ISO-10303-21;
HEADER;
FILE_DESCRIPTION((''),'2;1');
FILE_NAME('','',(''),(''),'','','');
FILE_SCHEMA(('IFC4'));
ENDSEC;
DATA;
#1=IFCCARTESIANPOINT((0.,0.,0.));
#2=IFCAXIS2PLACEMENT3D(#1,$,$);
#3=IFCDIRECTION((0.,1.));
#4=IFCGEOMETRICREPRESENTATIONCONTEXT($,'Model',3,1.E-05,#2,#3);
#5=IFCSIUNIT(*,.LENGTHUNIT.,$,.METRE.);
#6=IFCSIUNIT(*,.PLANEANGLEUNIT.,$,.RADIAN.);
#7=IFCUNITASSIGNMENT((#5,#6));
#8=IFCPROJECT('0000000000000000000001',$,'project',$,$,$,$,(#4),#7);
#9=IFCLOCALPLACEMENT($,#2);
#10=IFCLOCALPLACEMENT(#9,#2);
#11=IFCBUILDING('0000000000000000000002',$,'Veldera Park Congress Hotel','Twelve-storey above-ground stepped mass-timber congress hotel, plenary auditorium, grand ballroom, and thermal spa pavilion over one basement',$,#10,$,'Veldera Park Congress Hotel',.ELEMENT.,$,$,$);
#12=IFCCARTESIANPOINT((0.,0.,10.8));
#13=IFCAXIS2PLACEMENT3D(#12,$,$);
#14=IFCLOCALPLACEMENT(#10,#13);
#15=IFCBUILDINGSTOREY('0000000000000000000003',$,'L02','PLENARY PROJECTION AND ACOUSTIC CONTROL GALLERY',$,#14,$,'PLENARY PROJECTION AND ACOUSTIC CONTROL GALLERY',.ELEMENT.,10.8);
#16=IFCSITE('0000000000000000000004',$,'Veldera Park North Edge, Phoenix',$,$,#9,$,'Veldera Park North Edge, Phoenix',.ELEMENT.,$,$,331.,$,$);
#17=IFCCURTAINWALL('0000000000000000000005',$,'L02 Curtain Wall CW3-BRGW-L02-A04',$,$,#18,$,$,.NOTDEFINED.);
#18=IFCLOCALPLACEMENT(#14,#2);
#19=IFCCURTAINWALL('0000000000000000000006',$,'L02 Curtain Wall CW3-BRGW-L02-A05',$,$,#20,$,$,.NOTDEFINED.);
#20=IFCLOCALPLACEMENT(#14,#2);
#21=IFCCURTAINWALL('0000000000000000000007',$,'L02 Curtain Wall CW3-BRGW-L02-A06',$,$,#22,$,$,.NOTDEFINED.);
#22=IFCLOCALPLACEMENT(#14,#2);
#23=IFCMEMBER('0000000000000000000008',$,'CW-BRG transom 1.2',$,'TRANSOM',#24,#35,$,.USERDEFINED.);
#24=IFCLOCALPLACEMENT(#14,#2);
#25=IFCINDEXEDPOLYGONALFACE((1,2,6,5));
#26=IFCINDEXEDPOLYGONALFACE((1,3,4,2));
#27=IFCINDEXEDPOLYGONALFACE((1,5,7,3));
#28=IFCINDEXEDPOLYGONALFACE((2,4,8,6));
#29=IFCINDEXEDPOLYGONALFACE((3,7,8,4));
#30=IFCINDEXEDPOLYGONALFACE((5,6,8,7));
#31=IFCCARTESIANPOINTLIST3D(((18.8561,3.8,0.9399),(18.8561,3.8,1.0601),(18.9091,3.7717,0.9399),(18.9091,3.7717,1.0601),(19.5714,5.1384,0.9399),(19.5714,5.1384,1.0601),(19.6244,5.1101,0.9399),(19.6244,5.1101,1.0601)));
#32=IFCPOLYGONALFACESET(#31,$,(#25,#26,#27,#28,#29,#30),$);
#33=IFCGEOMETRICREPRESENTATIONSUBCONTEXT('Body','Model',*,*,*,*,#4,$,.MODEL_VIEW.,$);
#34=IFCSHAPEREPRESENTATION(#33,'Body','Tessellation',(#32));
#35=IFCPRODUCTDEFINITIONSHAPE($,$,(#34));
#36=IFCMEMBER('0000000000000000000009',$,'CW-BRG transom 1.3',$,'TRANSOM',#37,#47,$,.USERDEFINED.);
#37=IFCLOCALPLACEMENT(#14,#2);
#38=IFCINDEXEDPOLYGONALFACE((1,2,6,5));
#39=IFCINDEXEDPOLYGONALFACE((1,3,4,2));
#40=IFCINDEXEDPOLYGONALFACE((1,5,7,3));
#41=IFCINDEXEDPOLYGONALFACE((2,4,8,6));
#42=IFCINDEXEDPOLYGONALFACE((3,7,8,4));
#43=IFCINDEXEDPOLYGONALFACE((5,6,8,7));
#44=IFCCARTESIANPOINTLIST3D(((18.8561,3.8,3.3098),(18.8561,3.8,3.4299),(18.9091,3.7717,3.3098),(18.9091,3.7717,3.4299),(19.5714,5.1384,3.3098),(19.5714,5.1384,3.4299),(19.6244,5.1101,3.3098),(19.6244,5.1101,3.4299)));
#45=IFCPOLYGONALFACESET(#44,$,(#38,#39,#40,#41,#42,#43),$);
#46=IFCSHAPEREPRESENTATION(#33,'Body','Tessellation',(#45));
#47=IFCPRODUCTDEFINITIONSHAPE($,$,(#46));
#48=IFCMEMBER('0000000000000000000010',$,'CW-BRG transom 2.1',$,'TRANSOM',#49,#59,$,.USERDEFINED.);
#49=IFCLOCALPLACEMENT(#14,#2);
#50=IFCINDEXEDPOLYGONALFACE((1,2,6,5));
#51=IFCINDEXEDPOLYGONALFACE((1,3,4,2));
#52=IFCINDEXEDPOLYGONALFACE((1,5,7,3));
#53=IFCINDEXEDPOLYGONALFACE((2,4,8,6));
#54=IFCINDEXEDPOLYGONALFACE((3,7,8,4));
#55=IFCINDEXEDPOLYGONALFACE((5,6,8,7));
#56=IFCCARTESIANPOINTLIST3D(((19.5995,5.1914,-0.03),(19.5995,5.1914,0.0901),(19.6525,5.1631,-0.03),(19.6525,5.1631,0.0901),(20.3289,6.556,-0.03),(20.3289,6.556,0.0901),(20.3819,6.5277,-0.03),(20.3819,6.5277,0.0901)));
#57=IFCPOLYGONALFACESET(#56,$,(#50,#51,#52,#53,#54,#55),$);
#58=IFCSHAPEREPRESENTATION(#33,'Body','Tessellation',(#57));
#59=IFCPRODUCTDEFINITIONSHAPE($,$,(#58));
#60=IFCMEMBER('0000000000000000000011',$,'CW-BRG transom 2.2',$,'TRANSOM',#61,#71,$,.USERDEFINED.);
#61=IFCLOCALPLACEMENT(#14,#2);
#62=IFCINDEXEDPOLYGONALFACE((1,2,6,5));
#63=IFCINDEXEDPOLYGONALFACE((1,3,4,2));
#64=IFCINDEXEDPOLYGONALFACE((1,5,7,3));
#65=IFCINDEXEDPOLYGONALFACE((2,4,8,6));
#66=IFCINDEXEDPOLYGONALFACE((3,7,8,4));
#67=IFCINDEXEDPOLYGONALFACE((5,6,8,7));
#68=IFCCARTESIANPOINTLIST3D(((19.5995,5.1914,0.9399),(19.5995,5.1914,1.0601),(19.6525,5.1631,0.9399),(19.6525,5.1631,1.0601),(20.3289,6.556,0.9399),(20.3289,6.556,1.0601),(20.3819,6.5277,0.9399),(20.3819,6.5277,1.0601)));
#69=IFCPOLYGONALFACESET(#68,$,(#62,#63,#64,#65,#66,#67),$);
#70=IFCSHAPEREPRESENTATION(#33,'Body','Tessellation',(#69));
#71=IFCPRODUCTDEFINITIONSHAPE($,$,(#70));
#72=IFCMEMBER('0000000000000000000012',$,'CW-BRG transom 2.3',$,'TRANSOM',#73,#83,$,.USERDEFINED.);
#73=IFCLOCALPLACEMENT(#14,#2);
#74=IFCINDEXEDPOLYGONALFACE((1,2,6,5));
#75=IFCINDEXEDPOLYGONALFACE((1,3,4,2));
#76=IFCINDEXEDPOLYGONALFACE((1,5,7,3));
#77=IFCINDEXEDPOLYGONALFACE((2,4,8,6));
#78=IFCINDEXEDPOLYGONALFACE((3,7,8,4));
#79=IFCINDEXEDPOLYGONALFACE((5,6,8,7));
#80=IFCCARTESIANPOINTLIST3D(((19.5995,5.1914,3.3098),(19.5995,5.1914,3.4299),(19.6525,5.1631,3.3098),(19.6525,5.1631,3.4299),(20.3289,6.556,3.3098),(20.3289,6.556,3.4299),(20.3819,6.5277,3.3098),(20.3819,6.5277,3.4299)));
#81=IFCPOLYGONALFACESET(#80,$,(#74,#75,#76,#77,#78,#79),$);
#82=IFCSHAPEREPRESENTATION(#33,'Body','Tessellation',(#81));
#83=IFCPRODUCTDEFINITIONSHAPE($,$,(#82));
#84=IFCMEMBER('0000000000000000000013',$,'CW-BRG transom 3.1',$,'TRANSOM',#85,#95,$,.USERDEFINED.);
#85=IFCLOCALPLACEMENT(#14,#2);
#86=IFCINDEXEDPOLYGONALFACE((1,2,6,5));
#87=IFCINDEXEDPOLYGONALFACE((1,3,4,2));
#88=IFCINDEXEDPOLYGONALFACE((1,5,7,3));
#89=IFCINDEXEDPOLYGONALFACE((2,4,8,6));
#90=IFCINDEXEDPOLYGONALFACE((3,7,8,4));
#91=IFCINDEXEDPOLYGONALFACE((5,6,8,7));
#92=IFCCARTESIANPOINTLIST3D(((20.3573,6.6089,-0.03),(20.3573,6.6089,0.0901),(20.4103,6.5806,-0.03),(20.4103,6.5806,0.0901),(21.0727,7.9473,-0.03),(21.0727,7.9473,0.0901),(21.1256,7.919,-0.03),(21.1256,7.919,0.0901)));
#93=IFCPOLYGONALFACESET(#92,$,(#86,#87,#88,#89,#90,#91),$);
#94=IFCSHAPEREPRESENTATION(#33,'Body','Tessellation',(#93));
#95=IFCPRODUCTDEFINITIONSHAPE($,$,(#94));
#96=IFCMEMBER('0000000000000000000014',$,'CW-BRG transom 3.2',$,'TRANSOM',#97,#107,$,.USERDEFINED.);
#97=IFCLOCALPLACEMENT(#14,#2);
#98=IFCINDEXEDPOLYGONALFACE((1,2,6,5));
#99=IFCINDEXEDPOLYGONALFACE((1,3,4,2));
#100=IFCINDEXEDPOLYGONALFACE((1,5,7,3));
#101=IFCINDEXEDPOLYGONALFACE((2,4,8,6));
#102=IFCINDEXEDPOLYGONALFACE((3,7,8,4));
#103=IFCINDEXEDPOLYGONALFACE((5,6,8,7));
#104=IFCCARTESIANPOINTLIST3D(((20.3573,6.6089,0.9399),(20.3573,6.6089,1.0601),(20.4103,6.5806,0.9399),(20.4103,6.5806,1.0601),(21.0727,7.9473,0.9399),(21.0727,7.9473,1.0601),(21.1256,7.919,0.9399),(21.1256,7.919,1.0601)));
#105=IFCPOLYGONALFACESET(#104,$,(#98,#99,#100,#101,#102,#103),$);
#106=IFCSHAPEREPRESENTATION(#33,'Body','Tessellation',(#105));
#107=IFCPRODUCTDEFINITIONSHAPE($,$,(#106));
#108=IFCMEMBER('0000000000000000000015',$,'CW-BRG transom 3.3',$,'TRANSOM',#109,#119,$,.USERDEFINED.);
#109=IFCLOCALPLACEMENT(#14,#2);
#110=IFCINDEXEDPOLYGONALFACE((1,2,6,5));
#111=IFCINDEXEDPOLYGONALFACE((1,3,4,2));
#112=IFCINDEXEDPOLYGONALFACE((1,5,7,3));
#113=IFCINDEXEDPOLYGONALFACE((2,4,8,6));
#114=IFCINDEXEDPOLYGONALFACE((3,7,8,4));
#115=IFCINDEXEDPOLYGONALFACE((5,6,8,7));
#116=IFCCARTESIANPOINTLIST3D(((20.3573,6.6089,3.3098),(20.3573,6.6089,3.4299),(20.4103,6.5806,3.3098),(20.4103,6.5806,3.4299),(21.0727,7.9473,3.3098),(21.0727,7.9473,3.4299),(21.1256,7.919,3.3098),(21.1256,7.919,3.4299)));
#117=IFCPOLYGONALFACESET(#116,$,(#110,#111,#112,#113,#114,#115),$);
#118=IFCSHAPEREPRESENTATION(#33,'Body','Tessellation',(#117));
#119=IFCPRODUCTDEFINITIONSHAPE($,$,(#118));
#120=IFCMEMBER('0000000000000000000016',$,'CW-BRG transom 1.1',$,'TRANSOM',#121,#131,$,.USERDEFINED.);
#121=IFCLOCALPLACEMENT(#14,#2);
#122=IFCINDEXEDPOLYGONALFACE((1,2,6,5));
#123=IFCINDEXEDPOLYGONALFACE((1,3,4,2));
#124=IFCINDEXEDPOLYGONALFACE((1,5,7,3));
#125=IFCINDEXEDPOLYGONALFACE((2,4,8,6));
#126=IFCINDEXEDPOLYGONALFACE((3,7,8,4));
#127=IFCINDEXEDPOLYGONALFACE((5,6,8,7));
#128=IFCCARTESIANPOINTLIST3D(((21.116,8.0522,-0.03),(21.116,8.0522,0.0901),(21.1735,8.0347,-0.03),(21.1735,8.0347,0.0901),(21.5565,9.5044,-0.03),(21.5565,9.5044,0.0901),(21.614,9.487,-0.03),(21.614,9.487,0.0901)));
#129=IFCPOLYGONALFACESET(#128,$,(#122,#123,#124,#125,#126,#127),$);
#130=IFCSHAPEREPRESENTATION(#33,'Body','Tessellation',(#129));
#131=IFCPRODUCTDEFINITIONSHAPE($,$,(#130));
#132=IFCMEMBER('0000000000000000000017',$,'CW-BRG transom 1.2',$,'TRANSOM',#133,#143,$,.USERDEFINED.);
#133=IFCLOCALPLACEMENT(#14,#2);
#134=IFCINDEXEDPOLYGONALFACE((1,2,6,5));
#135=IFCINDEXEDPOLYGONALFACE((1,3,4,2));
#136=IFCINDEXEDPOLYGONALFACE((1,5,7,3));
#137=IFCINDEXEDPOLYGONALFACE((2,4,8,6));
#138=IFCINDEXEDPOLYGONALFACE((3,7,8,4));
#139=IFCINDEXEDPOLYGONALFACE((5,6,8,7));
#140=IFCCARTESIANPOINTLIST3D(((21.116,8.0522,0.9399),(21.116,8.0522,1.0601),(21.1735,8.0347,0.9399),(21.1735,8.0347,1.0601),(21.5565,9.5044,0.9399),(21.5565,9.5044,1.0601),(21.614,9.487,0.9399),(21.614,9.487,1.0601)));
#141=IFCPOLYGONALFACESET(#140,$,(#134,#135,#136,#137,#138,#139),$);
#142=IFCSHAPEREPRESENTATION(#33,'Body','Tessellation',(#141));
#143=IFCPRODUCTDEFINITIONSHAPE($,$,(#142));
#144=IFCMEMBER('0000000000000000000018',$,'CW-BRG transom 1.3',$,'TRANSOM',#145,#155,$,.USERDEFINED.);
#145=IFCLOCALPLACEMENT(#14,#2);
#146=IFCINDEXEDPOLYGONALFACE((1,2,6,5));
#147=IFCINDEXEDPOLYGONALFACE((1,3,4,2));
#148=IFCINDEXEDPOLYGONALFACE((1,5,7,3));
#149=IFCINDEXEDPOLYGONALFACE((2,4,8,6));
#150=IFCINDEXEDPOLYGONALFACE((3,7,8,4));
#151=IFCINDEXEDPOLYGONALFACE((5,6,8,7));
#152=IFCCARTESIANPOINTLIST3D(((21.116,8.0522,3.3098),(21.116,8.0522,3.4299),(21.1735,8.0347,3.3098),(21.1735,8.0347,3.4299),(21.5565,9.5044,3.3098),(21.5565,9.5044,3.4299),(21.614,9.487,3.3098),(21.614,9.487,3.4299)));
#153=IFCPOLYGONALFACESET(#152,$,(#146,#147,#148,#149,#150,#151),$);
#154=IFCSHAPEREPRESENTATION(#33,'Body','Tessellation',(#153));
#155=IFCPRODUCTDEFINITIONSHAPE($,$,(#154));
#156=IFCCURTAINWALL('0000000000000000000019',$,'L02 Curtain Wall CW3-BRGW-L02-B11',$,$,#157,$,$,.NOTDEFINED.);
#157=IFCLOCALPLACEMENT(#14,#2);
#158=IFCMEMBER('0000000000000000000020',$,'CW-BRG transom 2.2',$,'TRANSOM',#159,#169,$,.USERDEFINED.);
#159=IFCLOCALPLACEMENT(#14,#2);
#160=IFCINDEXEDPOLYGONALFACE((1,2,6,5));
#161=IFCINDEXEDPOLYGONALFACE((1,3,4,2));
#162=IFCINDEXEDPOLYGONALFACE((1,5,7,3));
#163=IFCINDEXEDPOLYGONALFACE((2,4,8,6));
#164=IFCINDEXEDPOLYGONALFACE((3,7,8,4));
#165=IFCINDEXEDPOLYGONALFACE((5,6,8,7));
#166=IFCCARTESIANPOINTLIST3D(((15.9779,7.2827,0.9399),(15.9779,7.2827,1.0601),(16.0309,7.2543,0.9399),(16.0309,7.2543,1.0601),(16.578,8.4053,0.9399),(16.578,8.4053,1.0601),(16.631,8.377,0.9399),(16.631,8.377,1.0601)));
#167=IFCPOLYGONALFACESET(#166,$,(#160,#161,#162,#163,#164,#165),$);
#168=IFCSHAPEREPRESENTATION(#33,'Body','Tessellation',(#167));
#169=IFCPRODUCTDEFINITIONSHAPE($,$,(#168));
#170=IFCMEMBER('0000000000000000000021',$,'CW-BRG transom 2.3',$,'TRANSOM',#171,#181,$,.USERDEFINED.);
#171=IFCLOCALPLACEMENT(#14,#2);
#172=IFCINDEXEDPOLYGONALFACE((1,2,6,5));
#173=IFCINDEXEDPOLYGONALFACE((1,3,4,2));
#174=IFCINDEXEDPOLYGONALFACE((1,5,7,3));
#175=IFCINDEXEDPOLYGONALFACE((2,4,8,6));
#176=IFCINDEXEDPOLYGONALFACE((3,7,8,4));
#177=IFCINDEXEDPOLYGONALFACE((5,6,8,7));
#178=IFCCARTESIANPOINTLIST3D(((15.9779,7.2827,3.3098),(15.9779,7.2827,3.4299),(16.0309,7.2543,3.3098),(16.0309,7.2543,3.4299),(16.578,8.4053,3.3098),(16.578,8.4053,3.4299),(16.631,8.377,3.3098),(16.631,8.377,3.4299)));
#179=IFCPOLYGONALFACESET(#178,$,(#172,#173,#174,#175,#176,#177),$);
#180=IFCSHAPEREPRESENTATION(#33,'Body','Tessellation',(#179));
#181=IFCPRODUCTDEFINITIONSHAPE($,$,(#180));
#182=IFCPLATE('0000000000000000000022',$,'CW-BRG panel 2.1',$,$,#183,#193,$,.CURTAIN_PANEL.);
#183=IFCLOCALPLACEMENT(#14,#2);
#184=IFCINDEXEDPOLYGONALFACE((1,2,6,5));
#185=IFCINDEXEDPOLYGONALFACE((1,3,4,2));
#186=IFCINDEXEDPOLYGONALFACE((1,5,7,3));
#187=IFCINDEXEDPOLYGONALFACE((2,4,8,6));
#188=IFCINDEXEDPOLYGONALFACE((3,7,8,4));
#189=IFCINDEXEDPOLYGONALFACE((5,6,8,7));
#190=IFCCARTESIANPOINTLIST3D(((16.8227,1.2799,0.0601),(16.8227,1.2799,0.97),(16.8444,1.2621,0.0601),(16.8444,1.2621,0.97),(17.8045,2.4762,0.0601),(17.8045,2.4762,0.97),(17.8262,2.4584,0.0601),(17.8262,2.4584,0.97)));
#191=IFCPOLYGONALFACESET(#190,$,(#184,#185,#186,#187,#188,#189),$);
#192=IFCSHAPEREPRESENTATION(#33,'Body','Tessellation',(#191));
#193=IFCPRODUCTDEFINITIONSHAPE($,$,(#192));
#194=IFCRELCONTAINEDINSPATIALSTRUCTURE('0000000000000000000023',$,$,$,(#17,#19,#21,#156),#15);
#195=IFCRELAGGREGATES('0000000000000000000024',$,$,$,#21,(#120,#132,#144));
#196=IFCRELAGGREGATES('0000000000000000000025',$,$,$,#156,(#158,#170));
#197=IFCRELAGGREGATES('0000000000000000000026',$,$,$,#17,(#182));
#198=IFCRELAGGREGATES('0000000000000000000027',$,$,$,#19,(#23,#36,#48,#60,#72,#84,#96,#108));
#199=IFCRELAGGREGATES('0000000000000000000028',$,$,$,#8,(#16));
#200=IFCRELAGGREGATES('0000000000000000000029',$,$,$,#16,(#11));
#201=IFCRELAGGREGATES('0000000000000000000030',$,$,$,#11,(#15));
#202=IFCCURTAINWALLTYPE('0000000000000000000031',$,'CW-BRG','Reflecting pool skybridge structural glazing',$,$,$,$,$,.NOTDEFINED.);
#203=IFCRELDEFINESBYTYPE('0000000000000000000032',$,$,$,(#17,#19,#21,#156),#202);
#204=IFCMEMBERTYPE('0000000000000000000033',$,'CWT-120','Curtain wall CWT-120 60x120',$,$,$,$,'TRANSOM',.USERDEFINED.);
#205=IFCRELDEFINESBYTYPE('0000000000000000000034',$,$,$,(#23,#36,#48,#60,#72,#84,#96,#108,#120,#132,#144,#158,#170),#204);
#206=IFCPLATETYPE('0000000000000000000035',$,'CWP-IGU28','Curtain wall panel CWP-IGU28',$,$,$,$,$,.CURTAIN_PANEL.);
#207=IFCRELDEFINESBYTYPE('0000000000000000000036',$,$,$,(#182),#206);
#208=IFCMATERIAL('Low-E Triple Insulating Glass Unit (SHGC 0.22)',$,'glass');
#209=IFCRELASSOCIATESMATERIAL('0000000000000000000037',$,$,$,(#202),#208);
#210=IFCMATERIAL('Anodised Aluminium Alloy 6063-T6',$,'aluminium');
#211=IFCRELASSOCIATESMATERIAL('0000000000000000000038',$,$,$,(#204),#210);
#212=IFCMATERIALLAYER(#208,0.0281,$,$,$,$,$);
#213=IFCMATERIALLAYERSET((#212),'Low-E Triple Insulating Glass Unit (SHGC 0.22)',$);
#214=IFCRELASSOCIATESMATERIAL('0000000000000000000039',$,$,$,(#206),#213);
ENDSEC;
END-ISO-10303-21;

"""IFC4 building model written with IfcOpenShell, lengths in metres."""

from ifc_helpers import new_model, si_unit, direction, frame, origin, origin_2d, place, context, subcontext, project, spatial, rectangle, extrude, material, layer, layer_set, material_profile, profile_set, type_object, element, aggregate, save


model = new_model("IFC4")

# Units and contexts
model_context = context("Model", 3, precision=1e-05, world=origin(), true_north=direction((0.0, 1.0)))
body_context = subcontext(model_context, "Body", "Model", "MODEL_VIEW")
ifc_project = project(units=[si_unit("LENGTHUNIT", "METRE"), si_unit("PLANEANGLEUNIT", "RADIAN")], contexts=[model_context])

# Site, building, storey
site_placement = place(None, origin())
site = spatial("IfcSite", under=ifc_project, at=site_placement, Name="Veldera Park North Edge, Phoenix", LongName="Veldera Park North Edge, Phoenix", CompositionType="ELEMENT", RefElevation=331.0)
building_placement = place(site_placement, origin())
building = spatial("IfcBuilding", under=site, at=building_placement, Name="Veldera Park Congress Hotel", Description="Twelve-storey above-ground stepped mass-timber congress hotel, plenary auditorium, grand ballroom, and thermal spa pavilion over one basement", LongName="Veldera Park Congress Hotel", CompositionType="ELEMENT")
storey_placement = place(building_placement, frame((0.0, 0.0, 10.8)))
storey = spatial("IfcBuildingStorey", under=building, at=storey_placement, Name="L02", Description="PLENARY PROJECTION AND ACOUSTIC CONTROL GALLERY", LongName="PLENARY PROJECTION AND ACOUSTIC CONTROL GALLERY", CompositionType="ELEMENT", Elevation=10.8)

# Curtain walls
ifc_material_1 = material(Name="Low-E Triple Insulating Glass Unit (SHGC 0.22)", Category="glass")
curtain_wall_type = type_object("IfcCurtainWallType", Name="CW-BRG", Description="Reflecting pool skybridge structural glazing", PredefinedType="NOTDEFINED", material=ifc_material_1)
curtain_wall_1_placement = place(storey_placement, origin())
curtain_wall_1 = element("IfcCurtainWall", 1, at=curtain_wall_1_placement, inside=storey, type_object=curtain_wall_type, Name="L02 Curtain Wall CW3-BRGW-L02-A04", PredefinedType="NOTDEFINED")
ifc_material_2 = material(Name="Anodised Aluminium Alloy 6063-T6", Category="aluminium")
curtain_wall_2_placement = place(storey_placement, origin())
curtain_wall_2 = element("IfcCurtainWall", 2, at=curtain_wall_2_placement, inside=storey, type_object=curtain_wall_type, Name="L02 Curtain Wall CW3-BRGW-L02-A05", PredefinedType="NOTDEFINED")

# Curtain wall
curtain_wall_3_placement = place(storey_placement, origin())
curtain_wall_3 = element("IfcCurtainWall", 3, at=curtain_wall_3_placement, inside=storey, type_object=curtain_wall_type, Name="L02 Curtain Wall CW3-BRGW-L02-A06", PredefinedType="NOTDEFINED")

# Members
ifc_material_profile_1 = material_profile(ifc_material_2, rectangle(XDim=0.0601, YDim=0.1201, at=origin_2d()), Name="ALU 60x120")
ifc_profile_set_1 = profile_set([ifc_material_profile_1], Name="Anodised Aluminium Alloy 6063-T6")
member_type_1 = type_object("IfcMemberType", Name="CWT-120", Description="Curtain wall CWT-120 60x120", ElementType="TRANSOM", PredefinedType="USERDEFINED", material=ifc_profile_set_1)
member_1_placement = place(storey_placement, frame((18.8826, 3.7859, 1.0), z_axis=(0.471373, 0.881934, 0.0), x_axis=(-0.881934, 0.471373, 0.0)))
member_1 = element("IfcMember", 4, at=member_1_placement, type_object=member_type_1, Name="CW-BRG transom 1.2", ObjectType="TRANSOM", PredefinedType="USERDEFINED", context=body_context, shape_type="SweptSolid", body=[
    extrude(rectangle(XDim=0.0601, YDim=0.1201, at=origin_2d()), origin(), (0.0, 0.0, 1.0), 1.5176),
])
member_2_placement = place(storey_placement, frame((18.8826, 3.7859, 3.3699), z_axis=(0.471373, 0.881934, 0.0), x_axis=(-0.881934, 0.471373, 0.0)))
member_2 = element("IfcMember", 5, at=member_2_placement, type_object=member_type_1, Name="CW-BRG transom 1.3", ObjectType="TRANSOM", PredefinedType="USERDEFINED", context=body_context, shape_type="SweptSolid", body=[
    extrude(rectangle(XDim=0.0601, YDim=0.1201, at=origin_2d()), origin(), (0.0, 0.0, 1.0), 1.5176),
])
member_3_placement = place(storey_placement, frame((19.626, 5.1772, 0.03), z_axis=(0.471407, 0.881916, 0.0), x_axis=(-0.881916, 0.471407, 0.0)))
member_3 = element("IfcMember", 6, at=member_3_placement, type_object=member_type_1, Name="CW-BRG transom 2.1", ObjectType="TRANSOM", PredefinedType="USERDEFINED", context=body_context, shape_type="SweptSolid", body=[
    extrude(rectangle(XDim=0.0601, YDim=0.1201, at=origin_2d()), origin(), (0.0, 0.0, 1.0), 1.5474),
])
member_4_placement = place(storey_placement, frame((19.626, 5.1772, 1.0), z_axis=(0.471407, 0.881916, 0.0), x_axis=(-0.881916, 0.471407, 0.0)))
member_4 = element("IfcMember", 7, at=member_4_placement, type_object=member_type_1, Name="CW-BRG transom 2.2", ObjectType="TRANSOM", PredefinedType="USERDEFINED", context=body_context, shape_type="SweptSolid", body=[
    extrude(rectangle(XDim=0.0601, YDim=0.1201, at=origin_2d()), origin(), (0.0, 0.0, 1.0), 1.5474),
])
member_5_placement = place(storey_placement, frame((19.626, 5.1772, 3.3699), z_axis=(0.471407, 0.881916, 0.0), x_axis=(-0.881916, 0.471407, 0.0)))
member_5 = element("IfcMember", 8, at=member_5_placement, type_object=member_type_1, Name="CW-BRG transom 2.3", ObjectType="TRANSOM", PredefinedType="USERDEFINED", context=body_context, shape_type="SweptSolid", body=[
    extrude(rectangle(XDim=0.0601, YDim=0.1201, at=origin_2d()), origin(), (0.0, 0.0, 1.0), 1.5474),
])
member_6_placement = place(storey_placement, frame((20.3838, 6.5947, 0.03), z_axis=(0.471373, 0.881934, 0.0), x_axis=(-0.881934, 0.471373, 0.0)))
member_6 = element("IfcMember", 9, at=member_6_placement, type_object=member_type_1, Name="CW-BRG transom 3.1", ObjectType="TRANSOM", PredefinedType="USERDEFINED", context=body_context, shape_type="SweptSolid", body=[
    extrude(rectangle(XDim=0.0601, YDim=0.1201, at=origin_2d()), origin(), (0.0, 0.0, 1.0), 1.5176),
])
member_7_placement = place(storey_placement, frame((20.3838, 6.5947, 1.0), z_axis=(0.471373, 0.881934, 0.0), x_axis=(-0.881934, 0.471373, 0.0)))
member_7 = element("IfcMember", 10, at=member_7_placement, type_object=member_type_1, Name="CW-BRG transom 3.2", ObjectType="TRANSOM", PredefinedType="USERDEFINED", context=body_context, shape_type="SweptSolid", body=[
    extrude(rectangle(XDim=0.0601, YDim=0.1201, at=origin_2d()), origin(), (0.0, 0.0, 1.0), 1.5176),
])
member_8_placement = place(storey_placement, frame((20.3838, 6.5947, 3.3699), z_axis=(0.471373, 0.881934, 0.0), x_axis=(-0.881934, 0.471373, 0.0)))
member_8 = element("IfcMember", 11, at=member_8_placement, type_object=member_type_1, Name="CW-BRG transom 3.3", ObjectType="TRANSOM", PredefinedType="USERDEFINED", context=body_context, shape_type="SweptSolid", body=[
    extrude(rectangle(XDim=0.0601, YDim=0.1201, at=origin_2d()), origin(), (0.0, 0.0, 1.0), 1.5176),
])
member_9_placement = place(storey_placement, frame((21.1448, 8.0435, 0.03), z_axis=(0.29024, 0.956954, 0.0), x_axis=(-0.956954, 0.29024, 0.0)))
member_9 = element("IfcMember", 12, at=member_9_placement, type_object=member_type_1, Name="CW-BRG transom 1.1", ObjectType="TRANSOM", PredefinedType="USERDEFINED", context=body_context, shape_type="SweptSolid", body=[
    extrude(rectangle(XDim=0.0601, YDim=0.1201, at=origin_2d()), origin(), (0.0, 0.0, 1.0), 1.5176),
])
member_10_placement = place(storey_placement, frame((21.1448, 8.0435, 1.0), z_axis=(0.29024, 0.956954, 0.0), x_axis=(-0.956954, 0.29024, 0.0)))
member_10 = element("IfcMember", 13, at=member_10_placement, type_object=member_type_1, Name="CW-BRG transom 1.2", ObjectType="TRANSOM", PredefinedType="USERDEFINED", context=body_context, shape_type="SweptSolid", body=[
    extrude(rectangle(XDim=0.0601, YDim=0.1201, at=origin_2d()), origin(), (0.0, 0.0, 1.0), 1.5176),
])
member_11_placement = place(storey_placement, frame((21.1448, 8.0435, 3.3699), z_axis=(0.29024, 0.956954, 0.0), x_axis=(-0.956954, 0.29024, 0.0)))
member_11 = element("IfcMember", 14, at=member_11_placement, type_object=member_type_1, Name="CW-BRG transom 1.3", ObjectType="TRANSOM", PredefinedType="USERDEFINED", context=body_context, shape_type="SweptSolid", body=[
    extrude(rectangle(XDim=0.0601, YDim=0.1201, at=origin_2d()), origin(), (0.0, 0.0, 1.0), 1.5176),
])
aggregate(curtain_wall_3, [member_9, member_10, member_11])

# Curtain wall, members
curtain_wall_4_placement = place(storey_placement, origin())
curtain_wall_4 = element("IfcCurtainWall", 15, at=curtain_wall_4_placement, inside=storey, type_object=curtain_wall_type, Name="L02 Curtain Wall CW3-BRGW-L02-B11", PredefinedType="NOTDEFINED")
member_12_placement = place(storey_placement, frame((16.6045, 8.3911, 1.0), z_axis=(-0.471444, -0.881896, 0.0), x_axis=(0.881896, -0.471444, 0.0)))
member_12 = element("IfcMember", 16, at=member_12_placement, type_object=member_type_1, Name="CW-BRG transom 2.2", ObjectType="TRANSOM", PredefinedType="USERDEFINED", context=body_context, shape_type="SweptSolid", body=[
    extrude(rectangle(XDim=0.0601, YDim=0.1201, at=origin_2d()), origin(), (0.0, 0.0, 1.0), 1.2729),
])
member_13_placement = place(storey_placement, frame((16.6045, 8.3911, 3.3699), z_axis=(-0.471444, -0.881896, 0.0), x_axis=(0.881896, -0.471444, 0.0)))
member_13 = element("IfcMember", 17, at=member_13_placement, type_object=member_type_1, Name="CW-BRG transom 2.3", ObjectType="TRANSOM", PredefinedType="USERDEFINED", context=body_context, shape_type="SweptSolid", body=[
    extrude(rectangle(XDim=0.0601, YDim=0.1201, at=origin_2d()), origin(), (0.0, 0.0, 1.0), 1.2729),
])
aggregate(curtain_wall_4, [member_12, member_13])

# Plate
ifc_layer = layer(ifc_material_1, 0.0281)
ifc_layer_set = layer_set([ifc_layer], Name="Low-E Triple Insulating Glass Unit (SHGC 0.22)")
plate_type = type_object("IfcPlateType", Name="CWP-IGU28", Description="Curtain wall panel CWP-IGU28", PredefinedType="CURTAIN_PANEL", material=ifc_layer_set)
plate_1_placement = place(storey_placement, frame((17.3245, 1.8691, 0.0601), z_axis=(0.0, 0.0, 1.0), x_axis=(0.634402, 0.773003, 0.0)))
plate_1 = element("IfcPlate", 18, at=plate_1_placement, type_object=plate_type, Name="CW-BRG panel 2.1", PredefinedType="CURTAIN_PANEL", context=body_context, shape_type="SweptSolid", body=[
    extrude(rectangle(XDim=1.5476, YDim=0.0281, at=origin_2d()), origin(), (0.0, 0.0, 1.0), 0.9099),
])
aggregate(curtain_wall_1, [plate_1])
aggregate(curtain_wall_2, [member_1, member_2, member_3, member_4, member_5, member_6, member_7, member_8])

save(model, "model.ifc")
